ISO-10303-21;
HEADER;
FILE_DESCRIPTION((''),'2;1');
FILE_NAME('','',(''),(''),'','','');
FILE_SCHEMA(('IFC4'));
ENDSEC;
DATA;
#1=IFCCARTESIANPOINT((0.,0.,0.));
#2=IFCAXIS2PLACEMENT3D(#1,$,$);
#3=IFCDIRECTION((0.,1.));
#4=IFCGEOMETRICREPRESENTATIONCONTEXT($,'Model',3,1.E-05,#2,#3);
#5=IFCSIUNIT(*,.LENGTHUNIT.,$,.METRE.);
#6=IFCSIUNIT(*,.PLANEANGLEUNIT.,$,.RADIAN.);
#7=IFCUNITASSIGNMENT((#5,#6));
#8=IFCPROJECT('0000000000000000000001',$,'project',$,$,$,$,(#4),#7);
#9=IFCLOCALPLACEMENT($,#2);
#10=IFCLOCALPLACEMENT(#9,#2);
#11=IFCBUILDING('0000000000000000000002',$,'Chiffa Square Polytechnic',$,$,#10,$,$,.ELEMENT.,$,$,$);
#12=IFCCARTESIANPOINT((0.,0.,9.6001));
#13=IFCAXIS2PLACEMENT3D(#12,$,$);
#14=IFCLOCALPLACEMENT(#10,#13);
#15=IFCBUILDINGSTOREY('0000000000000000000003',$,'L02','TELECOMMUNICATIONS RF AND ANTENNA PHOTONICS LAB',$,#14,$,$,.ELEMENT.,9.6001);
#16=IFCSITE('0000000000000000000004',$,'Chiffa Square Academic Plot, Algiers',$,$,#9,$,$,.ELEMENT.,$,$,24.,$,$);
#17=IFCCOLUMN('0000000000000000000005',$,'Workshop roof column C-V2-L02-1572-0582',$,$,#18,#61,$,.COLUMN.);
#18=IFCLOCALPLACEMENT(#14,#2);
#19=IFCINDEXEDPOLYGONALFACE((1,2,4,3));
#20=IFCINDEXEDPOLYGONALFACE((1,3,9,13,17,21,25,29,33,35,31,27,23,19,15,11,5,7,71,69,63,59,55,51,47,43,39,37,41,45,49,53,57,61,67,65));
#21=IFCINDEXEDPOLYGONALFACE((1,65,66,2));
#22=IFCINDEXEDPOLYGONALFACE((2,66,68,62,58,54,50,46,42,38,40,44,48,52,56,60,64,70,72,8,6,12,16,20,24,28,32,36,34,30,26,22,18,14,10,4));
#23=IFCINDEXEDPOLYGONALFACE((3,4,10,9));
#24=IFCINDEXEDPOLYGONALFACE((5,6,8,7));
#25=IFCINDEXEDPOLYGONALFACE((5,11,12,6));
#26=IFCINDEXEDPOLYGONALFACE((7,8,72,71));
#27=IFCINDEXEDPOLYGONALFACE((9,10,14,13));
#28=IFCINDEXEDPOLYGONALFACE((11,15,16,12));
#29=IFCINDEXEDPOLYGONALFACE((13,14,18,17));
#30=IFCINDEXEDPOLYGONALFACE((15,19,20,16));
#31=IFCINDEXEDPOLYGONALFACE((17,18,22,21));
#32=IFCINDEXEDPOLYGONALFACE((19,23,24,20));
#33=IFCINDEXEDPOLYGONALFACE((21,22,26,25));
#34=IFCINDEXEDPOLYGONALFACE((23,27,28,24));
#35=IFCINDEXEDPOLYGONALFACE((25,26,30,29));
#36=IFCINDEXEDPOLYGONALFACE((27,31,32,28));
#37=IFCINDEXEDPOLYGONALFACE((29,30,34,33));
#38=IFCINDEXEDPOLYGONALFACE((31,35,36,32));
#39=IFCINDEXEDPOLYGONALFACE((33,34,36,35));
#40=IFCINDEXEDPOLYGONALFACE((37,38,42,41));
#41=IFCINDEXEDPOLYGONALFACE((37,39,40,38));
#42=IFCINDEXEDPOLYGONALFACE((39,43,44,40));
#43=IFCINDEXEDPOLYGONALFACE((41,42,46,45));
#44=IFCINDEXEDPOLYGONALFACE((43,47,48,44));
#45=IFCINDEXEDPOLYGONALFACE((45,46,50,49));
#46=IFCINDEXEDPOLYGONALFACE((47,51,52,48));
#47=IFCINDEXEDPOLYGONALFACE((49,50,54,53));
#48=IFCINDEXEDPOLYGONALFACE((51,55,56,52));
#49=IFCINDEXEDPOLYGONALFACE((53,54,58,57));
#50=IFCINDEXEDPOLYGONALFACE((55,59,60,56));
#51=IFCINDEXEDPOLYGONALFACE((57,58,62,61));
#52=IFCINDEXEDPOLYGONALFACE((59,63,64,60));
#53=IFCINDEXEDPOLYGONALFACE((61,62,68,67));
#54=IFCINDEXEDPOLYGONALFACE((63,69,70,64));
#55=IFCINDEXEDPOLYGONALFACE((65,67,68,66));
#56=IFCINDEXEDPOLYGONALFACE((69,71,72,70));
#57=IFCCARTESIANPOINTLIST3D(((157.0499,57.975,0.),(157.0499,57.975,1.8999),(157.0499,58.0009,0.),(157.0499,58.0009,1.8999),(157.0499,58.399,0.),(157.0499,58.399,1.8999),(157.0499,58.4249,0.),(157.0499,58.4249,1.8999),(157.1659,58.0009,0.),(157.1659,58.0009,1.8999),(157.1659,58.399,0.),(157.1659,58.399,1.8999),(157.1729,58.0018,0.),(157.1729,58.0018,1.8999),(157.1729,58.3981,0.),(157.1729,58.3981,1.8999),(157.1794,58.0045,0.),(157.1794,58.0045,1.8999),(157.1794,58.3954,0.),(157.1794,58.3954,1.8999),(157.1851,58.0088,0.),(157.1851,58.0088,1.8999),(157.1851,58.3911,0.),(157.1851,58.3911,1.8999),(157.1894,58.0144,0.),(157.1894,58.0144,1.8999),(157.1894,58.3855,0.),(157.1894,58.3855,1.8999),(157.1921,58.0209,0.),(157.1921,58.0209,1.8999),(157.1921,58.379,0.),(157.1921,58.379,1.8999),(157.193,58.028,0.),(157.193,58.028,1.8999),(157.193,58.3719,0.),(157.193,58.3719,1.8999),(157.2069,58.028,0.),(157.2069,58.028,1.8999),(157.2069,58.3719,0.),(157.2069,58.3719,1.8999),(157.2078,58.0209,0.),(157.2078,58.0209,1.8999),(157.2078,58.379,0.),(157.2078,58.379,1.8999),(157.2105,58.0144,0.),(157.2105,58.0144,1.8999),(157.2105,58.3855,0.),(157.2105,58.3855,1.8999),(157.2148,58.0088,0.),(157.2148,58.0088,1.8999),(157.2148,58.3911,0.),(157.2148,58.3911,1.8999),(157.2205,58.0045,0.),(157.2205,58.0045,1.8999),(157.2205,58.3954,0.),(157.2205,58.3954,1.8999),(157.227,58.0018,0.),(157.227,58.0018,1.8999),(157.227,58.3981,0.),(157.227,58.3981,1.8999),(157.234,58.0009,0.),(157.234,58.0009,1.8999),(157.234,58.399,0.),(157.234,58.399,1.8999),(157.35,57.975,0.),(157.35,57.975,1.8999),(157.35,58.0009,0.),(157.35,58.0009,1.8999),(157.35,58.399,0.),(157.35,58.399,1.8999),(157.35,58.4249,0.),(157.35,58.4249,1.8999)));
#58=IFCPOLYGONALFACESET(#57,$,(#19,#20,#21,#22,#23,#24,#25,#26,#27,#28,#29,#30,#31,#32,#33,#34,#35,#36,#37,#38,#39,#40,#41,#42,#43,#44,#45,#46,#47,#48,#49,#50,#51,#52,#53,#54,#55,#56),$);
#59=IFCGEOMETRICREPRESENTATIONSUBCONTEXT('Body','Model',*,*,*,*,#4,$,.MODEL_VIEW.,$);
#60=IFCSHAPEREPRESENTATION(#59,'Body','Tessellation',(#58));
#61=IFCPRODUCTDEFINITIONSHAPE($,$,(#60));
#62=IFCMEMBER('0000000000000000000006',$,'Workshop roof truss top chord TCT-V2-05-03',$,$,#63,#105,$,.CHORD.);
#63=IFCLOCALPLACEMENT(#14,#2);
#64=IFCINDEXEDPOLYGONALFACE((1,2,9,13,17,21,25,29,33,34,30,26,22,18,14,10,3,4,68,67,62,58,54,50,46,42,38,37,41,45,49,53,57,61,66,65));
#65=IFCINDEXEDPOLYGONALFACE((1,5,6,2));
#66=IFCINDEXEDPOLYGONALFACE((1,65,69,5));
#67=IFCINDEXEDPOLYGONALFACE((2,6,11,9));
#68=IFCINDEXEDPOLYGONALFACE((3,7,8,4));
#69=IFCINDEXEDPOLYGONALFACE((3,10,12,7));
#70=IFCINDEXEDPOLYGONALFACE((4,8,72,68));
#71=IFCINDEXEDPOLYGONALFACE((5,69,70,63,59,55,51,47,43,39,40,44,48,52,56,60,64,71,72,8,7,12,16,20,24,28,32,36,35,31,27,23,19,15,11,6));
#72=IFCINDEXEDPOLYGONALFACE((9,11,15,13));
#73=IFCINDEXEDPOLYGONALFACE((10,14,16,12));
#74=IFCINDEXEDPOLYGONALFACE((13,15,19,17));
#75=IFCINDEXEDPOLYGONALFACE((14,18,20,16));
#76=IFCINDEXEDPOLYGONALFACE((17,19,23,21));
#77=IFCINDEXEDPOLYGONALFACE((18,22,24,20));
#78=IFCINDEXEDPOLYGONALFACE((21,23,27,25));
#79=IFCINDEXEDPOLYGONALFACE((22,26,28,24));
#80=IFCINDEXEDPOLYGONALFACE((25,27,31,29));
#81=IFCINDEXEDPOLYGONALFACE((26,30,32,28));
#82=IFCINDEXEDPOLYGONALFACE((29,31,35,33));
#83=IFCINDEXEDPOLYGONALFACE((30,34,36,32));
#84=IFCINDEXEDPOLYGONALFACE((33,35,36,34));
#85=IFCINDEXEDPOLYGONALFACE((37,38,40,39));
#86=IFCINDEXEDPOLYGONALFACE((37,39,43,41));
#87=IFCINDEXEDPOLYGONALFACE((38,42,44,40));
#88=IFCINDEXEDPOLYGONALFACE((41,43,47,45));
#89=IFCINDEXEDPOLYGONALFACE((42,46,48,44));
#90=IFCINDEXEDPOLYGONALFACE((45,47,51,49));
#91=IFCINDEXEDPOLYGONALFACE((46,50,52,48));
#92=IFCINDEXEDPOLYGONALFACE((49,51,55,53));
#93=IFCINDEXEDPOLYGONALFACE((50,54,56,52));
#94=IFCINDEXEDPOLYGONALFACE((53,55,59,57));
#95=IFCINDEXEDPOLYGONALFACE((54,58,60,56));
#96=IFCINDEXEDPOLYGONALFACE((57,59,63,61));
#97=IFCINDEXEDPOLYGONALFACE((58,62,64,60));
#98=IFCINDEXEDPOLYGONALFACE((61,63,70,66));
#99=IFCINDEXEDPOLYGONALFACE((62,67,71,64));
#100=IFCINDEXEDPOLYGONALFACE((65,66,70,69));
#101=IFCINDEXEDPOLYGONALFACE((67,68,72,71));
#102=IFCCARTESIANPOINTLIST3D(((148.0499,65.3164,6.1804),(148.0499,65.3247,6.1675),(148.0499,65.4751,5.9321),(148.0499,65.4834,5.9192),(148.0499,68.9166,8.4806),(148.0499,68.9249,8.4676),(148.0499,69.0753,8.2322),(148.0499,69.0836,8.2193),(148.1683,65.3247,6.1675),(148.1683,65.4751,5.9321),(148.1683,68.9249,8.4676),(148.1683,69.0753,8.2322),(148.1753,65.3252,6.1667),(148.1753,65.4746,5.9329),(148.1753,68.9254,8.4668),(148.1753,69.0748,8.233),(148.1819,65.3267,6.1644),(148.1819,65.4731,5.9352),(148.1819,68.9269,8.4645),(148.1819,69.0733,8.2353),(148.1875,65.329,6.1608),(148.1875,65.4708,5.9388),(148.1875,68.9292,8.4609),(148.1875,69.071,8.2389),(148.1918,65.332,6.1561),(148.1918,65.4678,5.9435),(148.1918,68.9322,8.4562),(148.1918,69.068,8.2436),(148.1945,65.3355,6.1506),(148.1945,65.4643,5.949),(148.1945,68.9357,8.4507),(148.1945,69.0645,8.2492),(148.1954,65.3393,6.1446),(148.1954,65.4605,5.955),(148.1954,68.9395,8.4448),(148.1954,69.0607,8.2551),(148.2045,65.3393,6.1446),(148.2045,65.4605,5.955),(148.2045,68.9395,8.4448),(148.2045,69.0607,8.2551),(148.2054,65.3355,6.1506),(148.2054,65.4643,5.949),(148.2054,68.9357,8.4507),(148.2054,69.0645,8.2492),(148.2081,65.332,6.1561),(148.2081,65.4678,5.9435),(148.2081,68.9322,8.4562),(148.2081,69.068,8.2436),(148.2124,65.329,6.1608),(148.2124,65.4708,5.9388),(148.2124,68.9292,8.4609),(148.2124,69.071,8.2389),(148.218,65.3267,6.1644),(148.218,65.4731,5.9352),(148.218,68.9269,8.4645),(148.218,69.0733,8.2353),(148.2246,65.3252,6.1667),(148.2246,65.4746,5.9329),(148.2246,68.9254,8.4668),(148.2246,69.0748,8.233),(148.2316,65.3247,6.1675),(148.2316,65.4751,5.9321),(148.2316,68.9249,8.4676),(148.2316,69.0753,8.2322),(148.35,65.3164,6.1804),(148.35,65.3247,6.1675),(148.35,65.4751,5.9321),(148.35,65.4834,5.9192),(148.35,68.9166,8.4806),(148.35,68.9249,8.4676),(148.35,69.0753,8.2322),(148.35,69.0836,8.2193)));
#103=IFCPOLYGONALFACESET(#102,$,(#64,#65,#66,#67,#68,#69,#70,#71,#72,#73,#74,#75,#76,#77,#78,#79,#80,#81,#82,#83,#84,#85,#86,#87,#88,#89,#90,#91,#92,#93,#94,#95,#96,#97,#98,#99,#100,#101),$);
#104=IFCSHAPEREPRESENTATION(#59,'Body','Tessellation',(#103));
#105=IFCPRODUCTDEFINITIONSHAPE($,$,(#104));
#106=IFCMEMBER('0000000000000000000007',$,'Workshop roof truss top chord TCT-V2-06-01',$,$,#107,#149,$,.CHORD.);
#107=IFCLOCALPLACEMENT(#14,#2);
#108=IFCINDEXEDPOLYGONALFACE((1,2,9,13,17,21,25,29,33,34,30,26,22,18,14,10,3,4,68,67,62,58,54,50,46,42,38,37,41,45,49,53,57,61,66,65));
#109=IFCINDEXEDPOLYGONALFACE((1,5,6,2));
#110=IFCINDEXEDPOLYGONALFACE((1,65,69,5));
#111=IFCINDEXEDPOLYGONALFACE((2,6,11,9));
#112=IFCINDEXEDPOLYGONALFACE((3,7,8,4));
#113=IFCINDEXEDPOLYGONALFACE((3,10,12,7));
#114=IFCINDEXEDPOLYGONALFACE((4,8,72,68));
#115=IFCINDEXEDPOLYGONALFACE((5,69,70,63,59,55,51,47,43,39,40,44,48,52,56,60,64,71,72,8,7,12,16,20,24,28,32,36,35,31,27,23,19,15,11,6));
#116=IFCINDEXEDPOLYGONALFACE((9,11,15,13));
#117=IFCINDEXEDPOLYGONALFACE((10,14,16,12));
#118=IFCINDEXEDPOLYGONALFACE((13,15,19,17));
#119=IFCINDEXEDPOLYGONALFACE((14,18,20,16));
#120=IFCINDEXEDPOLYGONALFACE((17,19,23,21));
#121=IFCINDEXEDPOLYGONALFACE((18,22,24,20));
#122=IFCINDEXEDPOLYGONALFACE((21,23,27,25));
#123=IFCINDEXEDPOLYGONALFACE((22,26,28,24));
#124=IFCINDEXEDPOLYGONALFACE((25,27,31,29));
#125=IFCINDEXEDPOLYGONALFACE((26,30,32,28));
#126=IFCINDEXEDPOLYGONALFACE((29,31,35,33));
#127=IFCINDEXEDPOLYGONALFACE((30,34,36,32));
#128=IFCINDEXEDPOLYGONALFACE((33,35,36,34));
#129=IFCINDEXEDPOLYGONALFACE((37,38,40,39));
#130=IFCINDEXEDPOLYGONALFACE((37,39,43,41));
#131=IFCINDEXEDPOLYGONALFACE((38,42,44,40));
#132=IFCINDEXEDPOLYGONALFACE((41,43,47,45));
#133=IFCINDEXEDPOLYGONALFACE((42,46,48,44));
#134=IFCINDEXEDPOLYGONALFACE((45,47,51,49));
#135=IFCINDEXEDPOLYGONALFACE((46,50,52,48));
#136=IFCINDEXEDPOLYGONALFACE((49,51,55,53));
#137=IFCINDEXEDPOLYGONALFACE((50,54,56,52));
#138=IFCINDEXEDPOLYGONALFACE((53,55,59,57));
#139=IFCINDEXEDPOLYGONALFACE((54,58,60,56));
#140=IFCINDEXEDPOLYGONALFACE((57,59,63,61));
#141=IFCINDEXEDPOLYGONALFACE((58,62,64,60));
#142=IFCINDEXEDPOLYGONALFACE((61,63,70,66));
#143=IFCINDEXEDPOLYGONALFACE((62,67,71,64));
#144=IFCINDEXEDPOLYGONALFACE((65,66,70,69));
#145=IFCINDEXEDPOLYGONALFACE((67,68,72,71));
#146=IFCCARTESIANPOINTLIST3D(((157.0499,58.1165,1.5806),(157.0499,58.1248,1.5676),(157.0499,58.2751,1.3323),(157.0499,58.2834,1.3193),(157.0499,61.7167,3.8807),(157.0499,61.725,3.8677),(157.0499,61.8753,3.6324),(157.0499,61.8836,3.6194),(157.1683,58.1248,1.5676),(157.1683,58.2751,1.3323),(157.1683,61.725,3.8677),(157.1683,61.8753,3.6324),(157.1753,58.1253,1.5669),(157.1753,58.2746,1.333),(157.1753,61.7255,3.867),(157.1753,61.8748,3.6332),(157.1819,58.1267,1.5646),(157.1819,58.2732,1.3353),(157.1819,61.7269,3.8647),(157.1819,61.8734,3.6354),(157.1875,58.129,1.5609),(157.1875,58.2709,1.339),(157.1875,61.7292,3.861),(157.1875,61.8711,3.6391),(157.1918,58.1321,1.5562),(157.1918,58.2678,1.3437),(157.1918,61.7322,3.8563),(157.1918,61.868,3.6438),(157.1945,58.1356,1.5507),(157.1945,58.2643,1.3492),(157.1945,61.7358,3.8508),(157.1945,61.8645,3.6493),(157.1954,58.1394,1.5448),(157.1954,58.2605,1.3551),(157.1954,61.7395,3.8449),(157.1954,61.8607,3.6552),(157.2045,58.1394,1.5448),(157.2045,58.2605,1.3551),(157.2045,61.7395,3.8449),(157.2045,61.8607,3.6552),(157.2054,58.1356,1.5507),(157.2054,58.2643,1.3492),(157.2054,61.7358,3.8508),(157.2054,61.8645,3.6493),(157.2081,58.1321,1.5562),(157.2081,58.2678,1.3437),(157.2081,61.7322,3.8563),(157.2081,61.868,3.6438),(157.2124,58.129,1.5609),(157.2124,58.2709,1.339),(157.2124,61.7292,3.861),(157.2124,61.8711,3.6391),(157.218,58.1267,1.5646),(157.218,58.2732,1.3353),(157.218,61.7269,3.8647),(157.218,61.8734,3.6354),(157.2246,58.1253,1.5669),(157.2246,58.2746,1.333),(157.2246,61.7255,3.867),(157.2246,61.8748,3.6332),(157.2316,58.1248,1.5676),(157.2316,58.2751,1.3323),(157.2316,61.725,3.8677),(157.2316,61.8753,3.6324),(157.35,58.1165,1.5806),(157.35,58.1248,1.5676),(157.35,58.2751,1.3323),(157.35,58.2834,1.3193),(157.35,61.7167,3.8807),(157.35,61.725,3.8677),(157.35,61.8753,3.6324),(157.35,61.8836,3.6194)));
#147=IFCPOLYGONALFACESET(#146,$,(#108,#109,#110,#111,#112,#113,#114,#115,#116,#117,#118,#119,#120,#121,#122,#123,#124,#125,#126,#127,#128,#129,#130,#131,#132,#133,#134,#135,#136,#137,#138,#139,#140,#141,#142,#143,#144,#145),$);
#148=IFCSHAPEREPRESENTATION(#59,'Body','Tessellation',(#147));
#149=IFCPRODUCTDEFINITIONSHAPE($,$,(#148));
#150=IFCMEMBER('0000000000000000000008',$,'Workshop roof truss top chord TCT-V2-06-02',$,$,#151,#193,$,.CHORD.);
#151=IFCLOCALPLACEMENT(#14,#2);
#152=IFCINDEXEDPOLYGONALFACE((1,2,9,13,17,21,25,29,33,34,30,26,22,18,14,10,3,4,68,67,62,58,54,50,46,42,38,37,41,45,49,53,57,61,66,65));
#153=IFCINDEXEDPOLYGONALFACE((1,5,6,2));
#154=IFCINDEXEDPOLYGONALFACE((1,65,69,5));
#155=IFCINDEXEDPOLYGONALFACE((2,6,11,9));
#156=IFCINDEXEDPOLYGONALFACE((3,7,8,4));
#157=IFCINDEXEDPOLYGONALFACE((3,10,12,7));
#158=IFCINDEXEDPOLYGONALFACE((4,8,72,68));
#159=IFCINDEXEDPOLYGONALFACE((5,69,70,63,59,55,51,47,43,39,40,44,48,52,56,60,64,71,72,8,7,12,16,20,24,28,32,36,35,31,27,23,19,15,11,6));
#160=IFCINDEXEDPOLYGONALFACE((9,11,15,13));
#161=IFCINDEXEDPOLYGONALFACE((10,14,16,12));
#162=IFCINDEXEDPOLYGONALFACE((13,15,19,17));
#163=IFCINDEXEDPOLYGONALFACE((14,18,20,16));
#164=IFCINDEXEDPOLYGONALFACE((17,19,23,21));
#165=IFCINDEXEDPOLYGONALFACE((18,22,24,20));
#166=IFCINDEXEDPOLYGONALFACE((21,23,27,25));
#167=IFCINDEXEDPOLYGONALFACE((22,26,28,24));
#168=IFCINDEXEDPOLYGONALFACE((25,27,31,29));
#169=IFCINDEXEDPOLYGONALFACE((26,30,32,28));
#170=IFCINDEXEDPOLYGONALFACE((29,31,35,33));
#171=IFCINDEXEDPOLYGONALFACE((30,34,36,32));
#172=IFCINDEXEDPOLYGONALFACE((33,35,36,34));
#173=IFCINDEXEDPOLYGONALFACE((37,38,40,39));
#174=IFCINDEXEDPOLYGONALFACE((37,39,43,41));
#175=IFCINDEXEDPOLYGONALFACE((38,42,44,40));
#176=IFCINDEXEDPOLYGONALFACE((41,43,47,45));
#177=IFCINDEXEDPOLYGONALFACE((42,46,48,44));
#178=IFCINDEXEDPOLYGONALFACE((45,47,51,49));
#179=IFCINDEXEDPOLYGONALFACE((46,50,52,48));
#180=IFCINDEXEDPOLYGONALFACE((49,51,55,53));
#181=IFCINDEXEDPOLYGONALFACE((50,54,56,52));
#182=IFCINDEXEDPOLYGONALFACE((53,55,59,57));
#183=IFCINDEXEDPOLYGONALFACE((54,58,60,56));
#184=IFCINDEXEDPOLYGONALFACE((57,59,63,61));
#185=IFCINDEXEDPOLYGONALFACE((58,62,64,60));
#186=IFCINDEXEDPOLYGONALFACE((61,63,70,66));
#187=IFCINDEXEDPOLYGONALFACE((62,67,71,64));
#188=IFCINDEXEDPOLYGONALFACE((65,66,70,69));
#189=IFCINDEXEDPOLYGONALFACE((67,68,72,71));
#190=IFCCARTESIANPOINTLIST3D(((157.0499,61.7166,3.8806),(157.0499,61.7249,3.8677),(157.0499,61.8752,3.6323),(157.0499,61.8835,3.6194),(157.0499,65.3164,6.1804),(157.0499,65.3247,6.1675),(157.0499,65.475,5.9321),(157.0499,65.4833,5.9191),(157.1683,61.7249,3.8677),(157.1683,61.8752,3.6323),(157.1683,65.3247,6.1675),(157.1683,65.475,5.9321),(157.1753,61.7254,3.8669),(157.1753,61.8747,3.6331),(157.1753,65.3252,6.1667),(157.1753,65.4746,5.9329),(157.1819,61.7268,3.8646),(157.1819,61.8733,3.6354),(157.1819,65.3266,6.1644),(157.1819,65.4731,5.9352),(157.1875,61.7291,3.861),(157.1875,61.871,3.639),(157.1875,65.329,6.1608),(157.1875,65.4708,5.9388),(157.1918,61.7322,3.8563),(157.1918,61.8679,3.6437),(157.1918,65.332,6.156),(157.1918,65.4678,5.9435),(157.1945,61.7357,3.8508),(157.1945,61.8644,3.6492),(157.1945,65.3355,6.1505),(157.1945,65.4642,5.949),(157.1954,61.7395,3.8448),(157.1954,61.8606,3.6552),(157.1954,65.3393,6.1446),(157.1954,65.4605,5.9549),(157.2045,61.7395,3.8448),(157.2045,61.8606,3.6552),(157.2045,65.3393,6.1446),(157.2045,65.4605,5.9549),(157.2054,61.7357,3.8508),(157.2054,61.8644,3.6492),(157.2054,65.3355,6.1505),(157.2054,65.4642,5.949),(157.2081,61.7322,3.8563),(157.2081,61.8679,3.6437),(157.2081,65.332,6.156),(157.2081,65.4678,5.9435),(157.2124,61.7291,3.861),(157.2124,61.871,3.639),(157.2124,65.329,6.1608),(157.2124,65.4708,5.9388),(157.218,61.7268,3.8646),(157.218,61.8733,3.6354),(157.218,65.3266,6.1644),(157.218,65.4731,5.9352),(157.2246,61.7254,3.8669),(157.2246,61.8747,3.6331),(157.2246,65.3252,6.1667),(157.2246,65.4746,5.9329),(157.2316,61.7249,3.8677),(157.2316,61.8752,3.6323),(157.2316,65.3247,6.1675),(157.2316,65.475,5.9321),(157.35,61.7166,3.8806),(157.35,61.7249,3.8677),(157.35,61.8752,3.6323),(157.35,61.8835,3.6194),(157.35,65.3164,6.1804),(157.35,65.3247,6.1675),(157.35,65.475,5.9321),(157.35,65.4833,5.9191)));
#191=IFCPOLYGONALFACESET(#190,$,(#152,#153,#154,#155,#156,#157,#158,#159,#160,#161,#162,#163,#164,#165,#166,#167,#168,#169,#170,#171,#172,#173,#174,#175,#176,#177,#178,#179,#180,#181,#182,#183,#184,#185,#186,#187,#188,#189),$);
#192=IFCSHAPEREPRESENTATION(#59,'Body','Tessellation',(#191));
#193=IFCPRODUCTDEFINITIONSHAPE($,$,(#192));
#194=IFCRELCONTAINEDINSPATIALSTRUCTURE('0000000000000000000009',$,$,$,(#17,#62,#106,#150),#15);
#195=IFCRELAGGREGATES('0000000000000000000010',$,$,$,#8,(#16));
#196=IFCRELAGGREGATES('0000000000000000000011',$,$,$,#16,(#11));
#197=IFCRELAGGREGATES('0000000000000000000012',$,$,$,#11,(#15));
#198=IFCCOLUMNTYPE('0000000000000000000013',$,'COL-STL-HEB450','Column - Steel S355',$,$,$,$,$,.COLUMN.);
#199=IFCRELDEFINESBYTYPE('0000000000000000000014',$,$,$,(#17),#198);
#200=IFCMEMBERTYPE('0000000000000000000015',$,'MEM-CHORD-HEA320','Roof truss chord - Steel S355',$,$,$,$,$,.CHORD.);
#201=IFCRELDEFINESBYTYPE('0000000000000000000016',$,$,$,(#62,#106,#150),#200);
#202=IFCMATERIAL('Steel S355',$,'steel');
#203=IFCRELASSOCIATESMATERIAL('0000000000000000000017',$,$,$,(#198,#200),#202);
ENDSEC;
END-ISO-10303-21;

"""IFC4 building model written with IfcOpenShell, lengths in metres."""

from ifc_helpers import new_model, si_unit, direction, frame, origin, origin_2d, place, context, subcontext, project, spatial, i_section, extrude, material, material_profile, profile_set, type_object, element, save


model = new_model("IFC4")

# Units and contexts
model_context = context("Model", 3, precision=1e-05, world=origin(), true_north=direction((0.0, 1.0)))
body_context = subcontext(model_context, "Body", "Model", "MODEL_VIEW")
ifc_project = project(units=[si_unit("LENGTHUNIT", "METRE"), si_unit("PLANEANGLEUNIT", "RADIAN")], contexts=[model_context])

# Site, building, storey
site_placement = place(None, origin())
site = spatial("IfcSite", under=ifc_project, at=site_placement, Name="Chiffa Square Academic Plot, Algiers", CompositionType="ELEMENT", RefElevation=24.0)
building_placement = place(site_placement, origin())
building = spatial("IfcBuilding", under=site, at=building_placement, Name="Chiffa Square Polytechnic", CompositionType="ELEMENT")
storey_placement = place(building_placement, frame((0.0, 0.0, 9.6001)))
storey = spatial("IfcBuildingStorey", under=building, at=storey_placement, Name="L02", Description="TELECOMMUNICATIONS RF AND ANTENNA PHOTONICS LAB", CompositionType="ELEMENT", Elevation=9.6001)

# Column
ifc_material = material(Name="Steel S355", Category="steel")
ifc_material_profile_1 = material_profile(ifc_material, i_section(OverallWidth=0.3, OverallDepth=0.45, WebThickness=0.0139, FlangeThickness=0.0259, FilletRadius=0.0271, at=origin_2d()), Name="HEB 450")
ifc_profile_set_1 = profile_set([ifc_material_profile_1], Name="Steel S355")
column_type = type_object("IfcColumnType", Name="COL-STL-HEB450", Description="Column - Steel S355", PredefinedType="COLUMN", material=ifc_profile_set_1)
column_placement = place(storey_placement, frame((157.2, 58.2, 0.0), z_axis=(0.0, 0.0, 1.0), x_axis=(1.0, 0.0, 0.0)))
element("IfcColumn", 1, at=column_placement, inside=storey, type_object=column_type, Name="Workshop roof column C-V2-L02-1572-0582", PredefinedType="COLUMN", context=body_context, shape_type="SweptSolid", body=[
    extrude(i_section(OverallWidth=0.3, OverallDepth=0.45, WebThickness=0.0139, FlangeThickness=0.0259, FilletRadius=0.0271, at=origin_2d()), origin(), (0.0, 0.0, 1.0), 1.8999),
])

# Members
ifc_material_profile_2 = material_profile(ifc_material, i_section(OverallWidth=0.3, OverallDepth=0.3101, WebThickness=0.009, FlangeThickness=0.0154, FilletRadius=0.0271, at=origin_2d()), Name="HEA 320")
ifc_profile_set_2 = profile_set([ifc_material_profile_2], Name="Steel S355")
member_type_1 = type_object("IfcMemberType", Name="MEM-CHORD-HEA320", Description="Roof truss chord - Steel S355", PredefinedType="CHORD", material=ifc_profile_set_2)
for number, where, z_axis, x_axis, name in (
    (2, (148.2, 65.3999, 6.0498), (0.0, 0.842698, 0.538387), (-1.0, 0.0, 0.0), "Workshop roof truss top chord TCT-V2-05-03"),
    (3, (157.2, 58.2, 1.45), (0.0, 0.842698, 0.538387), (-1.0, 0.0, 0.0), "Workshop roof truss top chord TCT-V2-06-01"),
):
    element("IfcMember", number, at=place(storey_placement, frame(where, z_axis=z_axis, x_axis=x_axis)), inside=storey, type_object=member_type_1, Name=name, PredefinedType="CHORD", context=body_context, shape_type="SweptSolid", body=[
        extrude(i_section(OverallWidth=0.3, OverallDepth=0.3101, WebThickness=0.009, FlangeThickness=0.0154, FilletRadius=0.0271, at=origin_2d()), origin(), (0.0, 0.0, 1.0), 4.2722),
    ])
member_1_placement = place(storey_placement, frame((157.2, 61.8, 3.75), z_axis=(0.0, 0.842707, 0.538372), x_axis=(-1.0, 0.0, 0.0)))
element("IfcMember", 4, at=member_1_placement, inside=storey, type_object=member_type_1, Name="Workshop roof truss top chord TCT-V2-06-02", PredefinedType="CHORD", context=body_context, shape_type="SweptSolid", body=[
    extrude(i_section(OverallWidth=0.3, OverallDepth=0.3101, WebThickness=0.009, FlangeThickness=0.0154, FilletRadius=0.0271, at=origin_2d()), origin(), (0.0, 0.0, 1.0), 4.2717),
])

save(model, "model.ifc")
